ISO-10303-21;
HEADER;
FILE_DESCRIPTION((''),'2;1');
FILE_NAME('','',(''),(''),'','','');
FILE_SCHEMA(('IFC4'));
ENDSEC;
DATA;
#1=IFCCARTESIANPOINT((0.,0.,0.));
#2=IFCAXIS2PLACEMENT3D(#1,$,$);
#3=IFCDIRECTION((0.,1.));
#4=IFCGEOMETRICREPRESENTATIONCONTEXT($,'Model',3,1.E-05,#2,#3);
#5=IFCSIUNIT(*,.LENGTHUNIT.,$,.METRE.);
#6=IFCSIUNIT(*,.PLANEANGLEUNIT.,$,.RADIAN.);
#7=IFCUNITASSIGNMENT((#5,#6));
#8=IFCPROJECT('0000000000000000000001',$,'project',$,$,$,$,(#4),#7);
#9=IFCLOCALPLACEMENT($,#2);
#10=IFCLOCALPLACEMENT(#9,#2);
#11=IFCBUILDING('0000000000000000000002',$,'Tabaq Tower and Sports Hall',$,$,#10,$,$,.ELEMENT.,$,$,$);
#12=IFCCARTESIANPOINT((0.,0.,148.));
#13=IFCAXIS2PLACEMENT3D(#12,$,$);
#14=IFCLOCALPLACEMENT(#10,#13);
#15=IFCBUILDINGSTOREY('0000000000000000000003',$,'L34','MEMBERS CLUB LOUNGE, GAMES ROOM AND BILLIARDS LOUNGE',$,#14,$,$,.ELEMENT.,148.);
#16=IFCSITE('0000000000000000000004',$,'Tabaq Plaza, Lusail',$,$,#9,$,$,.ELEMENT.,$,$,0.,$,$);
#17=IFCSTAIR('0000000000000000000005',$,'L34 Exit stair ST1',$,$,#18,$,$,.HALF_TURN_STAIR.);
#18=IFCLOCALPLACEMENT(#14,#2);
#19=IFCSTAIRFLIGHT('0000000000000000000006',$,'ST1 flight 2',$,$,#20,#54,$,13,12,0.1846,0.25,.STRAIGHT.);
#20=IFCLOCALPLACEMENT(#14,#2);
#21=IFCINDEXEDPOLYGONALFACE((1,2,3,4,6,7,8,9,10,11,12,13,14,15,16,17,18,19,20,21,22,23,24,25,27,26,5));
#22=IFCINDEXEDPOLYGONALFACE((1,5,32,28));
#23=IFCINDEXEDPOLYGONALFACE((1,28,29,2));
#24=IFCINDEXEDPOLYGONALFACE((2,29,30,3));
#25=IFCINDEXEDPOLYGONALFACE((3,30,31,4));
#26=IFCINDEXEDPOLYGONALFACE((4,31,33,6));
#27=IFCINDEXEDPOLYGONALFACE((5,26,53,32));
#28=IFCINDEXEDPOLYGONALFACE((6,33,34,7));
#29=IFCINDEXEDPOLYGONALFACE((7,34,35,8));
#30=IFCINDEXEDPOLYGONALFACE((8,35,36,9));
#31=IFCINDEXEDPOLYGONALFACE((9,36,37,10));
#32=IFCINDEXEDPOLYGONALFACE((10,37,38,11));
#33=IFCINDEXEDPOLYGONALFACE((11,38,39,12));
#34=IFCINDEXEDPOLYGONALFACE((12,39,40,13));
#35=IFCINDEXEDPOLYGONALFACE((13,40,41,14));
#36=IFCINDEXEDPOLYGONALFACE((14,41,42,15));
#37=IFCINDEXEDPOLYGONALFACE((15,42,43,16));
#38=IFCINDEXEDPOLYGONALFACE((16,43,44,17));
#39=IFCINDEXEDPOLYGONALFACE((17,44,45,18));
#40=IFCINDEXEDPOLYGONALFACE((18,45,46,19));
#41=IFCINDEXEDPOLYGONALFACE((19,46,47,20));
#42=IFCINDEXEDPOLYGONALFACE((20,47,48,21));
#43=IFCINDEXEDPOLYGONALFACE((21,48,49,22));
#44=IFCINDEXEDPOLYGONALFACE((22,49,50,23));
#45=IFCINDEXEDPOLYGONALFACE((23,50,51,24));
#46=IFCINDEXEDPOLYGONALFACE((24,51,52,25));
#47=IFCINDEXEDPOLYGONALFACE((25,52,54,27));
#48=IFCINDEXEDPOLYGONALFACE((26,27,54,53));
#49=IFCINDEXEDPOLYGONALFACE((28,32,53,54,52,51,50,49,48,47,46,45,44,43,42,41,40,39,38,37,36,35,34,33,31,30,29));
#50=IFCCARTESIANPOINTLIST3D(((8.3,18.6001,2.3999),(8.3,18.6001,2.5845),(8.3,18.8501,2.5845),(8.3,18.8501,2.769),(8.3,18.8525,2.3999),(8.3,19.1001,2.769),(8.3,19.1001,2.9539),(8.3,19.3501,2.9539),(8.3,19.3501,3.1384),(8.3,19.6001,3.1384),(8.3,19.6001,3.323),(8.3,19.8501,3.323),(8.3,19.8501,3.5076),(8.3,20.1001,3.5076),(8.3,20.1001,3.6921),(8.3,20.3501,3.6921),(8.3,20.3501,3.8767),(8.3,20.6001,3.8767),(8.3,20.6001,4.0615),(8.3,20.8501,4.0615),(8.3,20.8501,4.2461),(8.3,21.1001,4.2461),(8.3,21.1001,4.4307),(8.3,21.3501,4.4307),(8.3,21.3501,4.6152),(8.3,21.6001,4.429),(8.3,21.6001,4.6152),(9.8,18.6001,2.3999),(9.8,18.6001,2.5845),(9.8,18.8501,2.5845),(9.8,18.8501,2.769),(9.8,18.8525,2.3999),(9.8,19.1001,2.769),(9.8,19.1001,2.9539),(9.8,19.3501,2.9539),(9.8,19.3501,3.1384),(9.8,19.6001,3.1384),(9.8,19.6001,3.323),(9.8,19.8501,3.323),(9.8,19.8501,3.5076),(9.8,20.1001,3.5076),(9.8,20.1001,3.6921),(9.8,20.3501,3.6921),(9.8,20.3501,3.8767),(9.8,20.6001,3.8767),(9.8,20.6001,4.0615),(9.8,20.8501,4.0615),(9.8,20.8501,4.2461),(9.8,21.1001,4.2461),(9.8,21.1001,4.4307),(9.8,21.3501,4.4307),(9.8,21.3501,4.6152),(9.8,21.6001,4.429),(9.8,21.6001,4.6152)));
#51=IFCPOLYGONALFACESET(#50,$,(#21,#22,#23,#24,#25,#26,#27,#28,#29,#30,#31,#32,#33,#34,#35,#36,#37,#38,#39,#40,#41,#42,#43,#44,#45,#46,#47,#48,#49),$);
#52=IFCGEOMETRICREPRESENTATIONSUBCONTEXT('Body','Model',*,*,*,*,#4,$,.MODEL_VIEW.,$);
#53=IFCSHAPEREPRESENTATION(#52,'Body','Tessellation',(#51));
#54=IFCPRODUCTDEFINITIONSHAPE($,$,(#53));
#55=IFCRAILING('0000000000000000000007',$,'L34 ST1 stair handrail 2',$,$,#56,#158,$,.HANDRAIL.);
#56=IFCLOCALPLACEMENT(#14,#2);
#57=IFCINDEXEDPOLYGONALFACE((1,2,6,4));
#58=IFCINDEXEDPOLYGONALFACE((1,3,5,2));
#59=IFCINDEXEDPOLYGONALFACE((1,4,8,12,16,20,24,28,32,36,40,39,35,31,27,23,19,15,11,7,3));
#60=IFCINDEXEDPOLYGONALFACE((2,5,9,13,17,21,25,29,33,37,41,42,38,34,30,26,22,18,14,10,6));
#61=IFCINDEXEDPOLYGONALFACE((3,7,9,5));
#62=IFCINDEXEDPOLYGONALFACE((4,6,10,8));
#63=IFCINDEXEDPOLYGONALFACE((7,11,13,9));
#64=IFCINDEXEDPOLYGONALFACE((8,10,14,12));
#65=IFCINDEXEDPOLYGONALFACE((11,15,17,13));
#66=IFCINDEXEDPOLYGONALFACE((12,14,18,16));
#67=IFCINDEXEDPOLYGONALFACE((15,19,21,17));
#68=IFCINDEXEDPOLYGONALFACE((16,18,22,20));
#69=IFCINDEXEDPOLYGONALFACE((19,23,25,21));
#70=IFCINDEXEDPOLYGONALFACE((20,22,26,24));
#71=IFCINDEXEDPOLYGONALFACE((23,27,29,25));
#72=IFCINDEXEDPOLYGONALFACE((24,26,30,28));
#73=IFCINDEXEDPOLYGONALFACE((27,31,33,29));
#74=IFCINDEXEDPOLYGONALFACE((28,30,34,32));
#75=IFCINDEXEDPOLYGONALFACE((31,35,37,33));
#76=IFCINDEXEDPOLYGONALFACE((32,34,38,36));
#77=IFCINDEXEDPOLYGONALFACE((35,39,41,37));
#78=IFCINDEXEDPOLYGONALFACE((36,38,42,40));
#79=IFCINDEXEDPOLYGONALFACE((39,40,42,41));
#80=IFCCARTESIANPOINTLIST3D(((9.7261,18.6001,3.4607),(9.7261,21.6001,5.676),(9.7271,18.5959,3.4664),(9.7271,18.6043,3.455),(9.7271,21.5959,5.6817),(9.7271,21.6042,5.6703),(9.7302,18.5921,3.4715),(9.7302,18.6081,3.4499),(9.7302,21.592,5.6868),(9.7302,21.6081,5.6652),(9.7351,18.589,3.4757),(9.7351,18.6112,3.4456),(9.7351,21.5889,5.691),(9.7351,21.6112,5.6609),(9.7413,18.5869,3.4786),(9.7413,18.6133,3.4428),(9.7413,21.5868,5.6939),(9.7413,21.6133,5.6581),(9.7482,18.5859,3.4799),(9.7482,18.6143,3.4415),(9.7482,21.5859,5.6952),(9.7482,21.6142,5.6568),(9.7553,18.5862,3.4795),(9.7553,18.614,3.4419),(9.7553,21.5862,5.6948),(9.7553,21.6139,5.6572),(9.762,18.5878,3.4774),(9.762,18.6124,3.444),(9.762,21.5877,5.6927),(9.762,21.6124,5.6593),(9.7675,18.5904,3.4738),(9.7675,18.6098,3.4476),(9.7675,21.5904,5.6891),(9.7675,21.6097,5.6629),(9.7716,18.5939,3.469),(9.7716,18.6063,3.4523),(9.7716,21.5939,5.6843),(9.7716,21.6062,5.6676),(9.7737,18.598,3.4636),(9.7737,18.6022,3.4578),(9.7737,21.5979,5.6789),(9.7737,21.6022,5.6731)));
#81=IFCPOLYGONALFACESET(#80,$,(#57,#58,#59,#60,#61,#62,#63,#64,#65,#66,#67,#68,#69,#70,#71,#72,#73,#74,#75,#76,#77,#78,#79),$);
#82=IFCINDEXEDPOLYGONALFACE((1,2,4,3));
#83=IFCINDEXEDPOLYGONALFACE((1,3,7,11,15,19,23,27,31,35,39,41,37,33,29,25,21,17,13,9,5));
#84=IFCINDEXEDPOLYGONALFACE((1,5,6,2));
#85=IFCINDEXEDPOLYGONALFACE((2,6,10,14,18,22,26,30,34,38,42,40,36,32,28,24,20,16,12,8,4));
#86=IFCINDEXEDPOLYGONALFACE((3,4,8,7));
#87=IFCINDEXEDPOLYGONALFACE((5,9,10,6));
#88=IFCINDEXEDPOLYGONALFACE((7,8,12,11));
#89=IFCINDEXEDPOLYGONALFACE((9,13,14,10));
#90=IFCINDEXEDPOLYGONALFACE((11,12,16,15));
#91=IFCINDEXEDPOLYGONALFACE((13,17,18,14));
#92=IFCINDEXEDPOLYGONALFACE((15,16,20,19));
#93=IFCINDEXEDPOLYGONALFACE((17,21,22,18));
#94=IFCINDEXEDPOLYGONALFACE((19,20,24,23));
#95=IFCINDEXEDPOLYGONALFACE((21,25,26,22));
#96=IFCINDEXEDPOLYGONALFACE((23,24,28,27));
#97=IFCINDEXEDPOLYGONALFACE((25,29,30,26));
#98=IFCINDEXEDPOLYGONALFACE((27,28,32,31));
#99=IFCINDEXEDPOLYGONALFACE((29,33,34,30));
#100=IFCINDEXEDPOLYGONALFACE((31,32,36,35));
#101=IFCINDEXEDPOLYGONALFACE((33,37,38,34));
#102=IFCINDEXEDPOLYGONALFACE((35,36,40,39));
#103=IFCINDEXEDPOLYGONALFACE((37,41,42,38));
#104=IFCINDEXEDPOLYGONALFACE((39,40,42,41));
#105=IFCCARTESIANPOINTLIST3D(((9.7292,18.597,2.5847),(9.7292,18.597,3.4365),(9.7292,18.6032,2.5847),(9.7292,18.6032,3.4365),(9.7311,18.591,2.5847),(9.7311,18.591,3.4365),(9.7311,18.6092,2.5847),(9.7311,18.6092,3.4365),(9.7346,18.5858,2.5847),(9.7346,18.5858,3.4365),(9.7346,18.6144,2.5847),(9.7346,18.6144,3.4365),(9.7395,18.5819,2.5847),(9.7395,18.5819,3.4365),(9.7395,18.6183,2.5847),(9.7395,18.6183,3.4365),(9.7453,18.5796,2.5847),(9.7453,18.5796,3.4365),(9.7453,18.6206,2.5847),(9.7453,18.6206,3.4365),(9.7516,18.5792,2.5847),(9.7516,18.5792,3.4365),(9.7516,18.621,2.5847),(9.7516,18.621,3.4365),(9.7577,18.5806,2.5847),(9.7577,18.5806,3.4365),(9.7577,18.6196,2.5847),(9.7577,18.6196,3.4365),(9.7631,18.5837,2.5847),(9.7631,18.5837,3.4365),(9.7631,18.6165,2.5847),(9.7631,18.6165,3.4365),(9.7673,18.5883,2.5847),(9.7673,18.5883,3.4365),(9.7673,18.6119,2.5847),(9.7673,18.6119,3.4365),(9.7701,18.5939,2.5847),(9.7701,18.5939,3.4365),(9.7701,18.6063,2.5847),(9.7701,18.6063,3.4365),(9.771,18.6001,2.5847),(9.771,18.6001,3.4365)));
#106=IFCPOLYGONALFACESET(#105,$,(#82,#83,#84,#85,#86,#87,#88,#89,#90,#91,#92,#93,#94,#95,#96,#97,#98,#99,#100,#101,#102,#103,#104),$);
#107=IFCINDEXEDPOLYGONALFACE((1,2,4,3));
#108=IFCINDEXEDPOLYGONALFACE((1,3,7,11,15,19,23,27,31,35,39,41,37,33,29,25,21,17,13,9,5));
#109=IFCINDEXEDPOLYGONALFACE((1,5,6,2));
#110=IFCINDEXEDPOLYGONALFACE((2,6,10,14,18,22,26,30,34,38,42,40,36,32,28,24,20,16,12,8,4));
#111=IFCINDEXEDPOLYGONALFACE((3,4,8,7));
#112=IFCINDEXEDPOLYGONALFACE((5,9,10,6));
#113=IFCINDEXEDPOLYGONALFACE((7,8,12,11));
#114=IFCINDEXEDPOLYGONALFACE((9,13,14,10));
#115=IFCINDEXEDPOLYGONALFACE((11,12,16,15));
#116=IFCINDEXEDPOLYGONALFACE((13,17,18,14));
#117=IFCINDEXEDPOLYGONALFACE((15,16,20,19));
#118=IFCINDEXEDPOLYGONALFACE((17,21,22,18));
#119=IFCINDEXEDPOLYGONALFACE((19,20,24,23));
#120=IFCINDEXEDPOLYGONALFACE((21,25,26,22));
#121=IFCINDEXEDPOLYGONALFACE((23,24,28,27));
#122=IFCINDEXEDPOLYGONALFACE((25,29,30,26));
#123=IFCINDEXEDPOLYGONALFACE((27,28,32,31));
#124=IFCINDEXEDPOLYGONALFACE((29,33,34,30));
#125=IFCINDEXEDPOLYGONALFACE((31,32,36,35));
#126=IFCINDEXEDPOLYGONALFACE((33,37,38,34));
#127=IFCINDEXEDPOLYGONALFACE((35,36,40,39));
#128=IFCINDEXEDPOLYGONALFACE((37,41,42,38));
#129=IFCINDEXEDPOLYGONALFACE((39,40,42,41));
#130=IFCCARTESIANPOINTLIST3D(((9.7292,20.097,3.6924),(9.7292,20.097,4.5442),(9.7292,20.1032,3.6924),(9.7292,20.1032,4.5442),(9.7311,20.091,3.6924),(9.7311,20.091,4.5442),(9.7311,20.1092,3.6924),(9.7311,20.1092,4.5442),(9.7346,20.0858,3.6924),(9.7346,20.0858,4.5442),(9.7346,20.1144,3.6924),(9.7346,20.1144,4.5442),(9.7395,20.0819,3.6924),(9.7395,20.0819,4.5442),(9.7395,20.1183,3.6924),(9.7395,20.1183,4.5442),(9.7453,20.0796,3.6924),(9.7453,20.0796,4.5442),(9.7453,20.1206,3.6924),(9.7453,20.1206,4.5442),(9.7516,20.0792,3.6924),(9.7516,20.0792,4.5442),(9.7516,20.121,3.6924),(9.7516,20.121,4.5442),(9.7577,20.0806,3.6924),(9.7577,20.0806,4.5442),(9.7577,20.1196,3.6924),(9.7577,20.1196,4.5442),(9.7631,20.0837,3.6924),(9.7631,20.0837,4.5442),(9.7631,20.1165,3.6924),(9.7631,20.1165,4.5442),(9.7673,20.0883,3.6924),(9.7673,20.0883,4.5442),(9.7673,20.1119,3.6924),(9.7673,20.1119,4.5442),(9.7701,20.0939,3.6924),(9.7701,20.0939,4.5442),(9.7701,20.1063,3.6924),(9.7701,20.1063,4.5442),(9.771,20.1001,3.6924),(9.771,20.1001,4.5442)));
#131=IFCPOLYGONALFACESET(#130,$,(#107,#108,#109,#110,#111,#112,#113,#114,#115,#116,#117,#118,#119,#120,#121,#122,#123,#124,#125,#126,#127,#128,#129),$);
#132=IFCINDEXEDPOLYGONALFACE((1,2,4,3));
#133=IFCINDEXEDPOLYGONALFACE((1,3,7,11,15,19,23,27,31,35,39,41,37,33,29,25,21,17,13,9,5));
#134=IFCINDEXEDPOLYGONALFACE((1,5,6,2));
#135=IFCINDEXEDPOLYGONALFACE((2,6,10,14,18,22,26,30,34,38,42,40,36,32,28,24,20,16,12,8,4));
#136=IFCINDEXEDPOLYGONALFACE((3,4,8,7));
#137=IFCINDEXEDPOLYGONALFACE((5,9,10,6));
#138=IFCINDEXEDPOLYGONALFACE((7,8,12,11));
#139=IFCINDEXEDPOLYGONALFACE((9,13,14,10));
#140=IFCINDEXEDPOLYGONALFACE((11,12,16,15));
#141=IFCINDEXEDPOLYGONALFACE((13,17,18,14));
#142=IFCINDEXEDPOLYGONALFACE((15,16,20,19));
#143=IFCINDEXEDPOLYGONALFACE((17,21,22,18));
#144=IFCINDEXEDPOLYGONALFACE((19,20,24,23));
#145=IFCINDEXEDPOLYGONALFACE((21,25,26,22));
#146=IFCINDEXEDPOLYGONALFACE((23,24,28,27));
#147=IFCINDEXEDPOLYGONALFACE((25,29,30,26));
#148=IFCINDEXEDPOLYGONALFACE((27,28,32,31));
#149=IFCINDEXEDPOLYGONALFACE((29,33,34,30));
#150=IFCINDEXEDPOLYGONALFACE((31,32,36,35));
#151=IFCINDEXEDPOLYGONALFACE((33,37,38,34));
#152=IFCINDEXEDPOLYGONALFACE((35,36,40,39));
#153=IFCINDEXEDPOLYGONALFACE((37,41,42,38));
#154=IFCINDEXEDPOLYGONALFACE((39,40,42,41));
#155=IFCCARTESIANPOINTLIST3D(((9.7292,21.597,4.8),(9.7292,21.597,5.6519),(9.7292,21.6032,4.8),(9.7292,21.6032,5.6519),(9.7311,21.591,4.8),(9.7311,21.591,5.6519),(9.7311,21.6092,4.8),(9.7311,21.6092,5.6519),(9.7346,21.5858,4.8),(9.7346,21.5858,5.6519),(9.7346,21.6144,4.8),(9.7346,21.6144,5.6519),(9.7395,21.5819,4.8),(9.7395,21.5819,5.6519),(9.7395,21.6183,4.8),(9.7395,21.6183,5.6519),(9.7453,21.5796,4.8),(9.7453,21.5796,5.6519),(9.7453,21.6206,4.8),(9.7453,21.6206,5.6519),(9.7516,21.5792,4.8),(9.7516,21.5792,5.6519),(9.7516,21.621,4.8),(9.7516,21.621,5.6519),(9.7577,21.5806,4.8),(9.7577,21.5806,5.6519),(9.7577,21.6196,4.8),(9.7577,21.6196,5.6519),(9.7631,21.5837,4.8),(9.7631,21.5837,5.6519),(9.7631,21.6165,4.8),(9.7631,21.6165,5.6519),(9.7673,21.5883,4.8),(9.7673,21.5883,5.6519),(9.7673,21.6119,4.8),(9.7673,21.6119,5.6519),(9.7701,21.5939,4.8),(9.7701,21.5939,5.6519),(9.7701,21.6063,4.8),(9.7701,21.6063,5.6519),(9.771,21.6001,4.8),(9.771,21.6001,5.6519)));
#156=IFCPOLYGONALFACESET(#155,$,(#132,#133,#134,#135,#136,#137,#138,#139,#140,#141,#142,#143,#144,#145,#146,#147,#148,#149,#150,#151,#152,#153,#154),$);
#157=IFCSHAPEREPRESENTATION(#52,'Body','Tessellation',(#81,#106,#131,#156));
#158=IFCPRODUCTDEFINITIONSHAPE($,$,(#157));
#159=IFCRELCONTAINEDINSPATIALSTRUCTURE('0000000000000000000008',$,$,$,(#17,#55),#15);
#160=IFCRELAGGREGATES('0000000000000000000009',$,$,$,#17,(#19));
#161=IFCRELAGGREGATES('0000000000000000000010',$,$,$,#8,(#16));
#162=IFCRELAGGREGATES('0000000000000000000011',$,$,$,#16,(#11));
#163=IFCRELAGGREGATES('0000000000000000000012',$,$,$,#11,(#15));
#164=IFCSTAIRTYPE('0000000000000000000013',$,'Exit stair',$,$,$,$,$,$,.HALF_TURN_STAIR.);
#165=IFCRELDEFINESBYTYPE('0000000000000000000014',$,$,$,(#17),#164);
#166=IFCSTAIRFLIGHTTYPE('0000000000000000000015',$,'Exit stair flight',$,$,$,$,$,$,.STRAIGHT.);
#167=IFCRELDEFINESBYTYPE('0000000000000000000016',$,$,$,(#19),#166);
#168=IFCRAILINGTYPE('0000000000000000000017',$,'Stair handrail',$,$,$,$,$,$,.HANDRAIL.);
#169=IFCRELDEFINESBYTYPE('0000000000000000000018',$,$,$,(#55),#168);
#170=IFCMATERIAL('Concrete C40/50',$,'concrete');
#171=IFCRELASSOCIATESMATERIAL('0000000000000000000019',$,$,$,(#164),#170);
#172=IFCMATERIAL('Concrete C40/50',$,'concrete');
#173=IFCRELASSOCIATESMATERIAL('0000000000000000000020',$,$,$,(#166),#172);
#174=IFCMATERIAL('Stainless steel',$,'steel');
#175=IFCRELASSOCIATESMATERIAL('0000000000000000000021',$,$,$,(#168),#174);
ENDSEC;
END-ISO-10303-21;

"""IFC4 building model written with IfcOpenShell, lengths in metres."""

from ifc_helpers import new_model, si_unit, direction, frame, origin, origin_2d, place, context, subcontext, project, spatial, polyline, circle, outline, extrude, material, type_object, element, aggregate, save


model = new_model("IFC4")

# Units and contexts
model_context = context("Model", 3, precision=1e-05, world=origin(), true_north=direction((0.0, 1.0)))
body_context = subcontext(model_context, "Body", "Model", "MODEL_VIEW")
ifc_project = project(units=[si_unit("LENGTHUNIT", "METRE"), si_unit("PLANEANGLEUNIT", "RADIAN")], contexts=[model_context])

# Site, building, storey
site_placement = place(None, origin())
site = spatial("IfcSite", under=ifc_project, at=site_placement, Name="Tabaq Plaza, Lusail", CompositionType="ELEMENT", RefElevation=0.0)
building_placement = place(site_placement, origin())
building = spatial("IfcBuilding", under=site, at=building_placement, Name="Tabaq Tower and Sports Hall", CompositionType="ELEMENT")
storey_placement = place(building_placement, frame((0.0, 0.0, 148.0)))
storey = spatial("IfcBuildingStorey", under=building, at=storey_placement, Name="L34", Description="MEMBERS CLUB LOUNGE, GAMES ROOM AND BILLIARDS LOUNGE", CompositionType="ELEMENT", Elevation=148.0)

# Stair, stair flight
ifc_material_1 = material(Name="Concrete C40/50", Category="concrete")
stair_type = type_object("IfcStairType", Name="Exit stair", PredefinedType="HALF_TURN_STAIR", material=ifc_material_1)
stair_placement = place(storey_placement, origin())
stair = element("IfcStair", 1, at=stair_placement, inside=storey, type_object=stair_type, Name="L34 Exit stair ST1", PredefinedType="HALF_TURN_STAIR")
ifc_material_2 = material(Name="Concrete C40/50", Category="concrete")
stair_flight_type = type_object("IfcStairFlightType", Name="Exit stair flight", PredefinedType="STRAIGHT", material=ifc_material_2)
stair_flight_placement = place(storey_placement, frame((9.05, 18.6001, 2.3999), z_axis=(0.0, 0.0, 1.0), x_axis=(0.0, 1.0, 0.0)))
stair_flight = element("IfcStairFlight", 2, at=stair_flight_placement, type_object=stair_flight_type, Name="ST1 flight 2", NumberOfRisers=13, NumberOfTreads=12, PredefinedType="STRAIGHT", RiserHeight=0.1846, TreadLength=0.25, context=body_context, shape_type="SweptSolid", body=[
    extrude(outline(polyline([(0.0, 0.0), (0.0, 0.1846), (0.25, 0.1846), (0.25, 0.3691), (0.5, 0.3691), (0.5, 0.554), (0.75, 0.554), (0.75, 0.7385), (1.0, 0.7385), (1.0, 0.9231), (1.25, 0.9231), (1.25, 1.1077), (1.5, 1.1077), (1.5, 1.2922), (1.75, 1.2922), (1.75, 1.4768), (2.0, 1.4768), (2.0, 1.6616), (2.25, 1.6616), (2.25, 1.8462), (2.5, 1.8462), (2.5, 2.0308), (2.75, 2.0308), (2.75, 2.2153), (3.0, 2.2153), (3.0, 2.3999), (3.0, 2.0291), (0.2524, 0.0), (0.0, 0.0)])), frame((0.0, 0.75, 0.0), z_axis=(0.0, -1.0, 0.0), x_axis=(1.0, 0.0, 0.0)), (0.0, 0.0, 1.0), 1.5),
])
aggregate(stair, [stair_flight])

# Railing
ifc_material_3 = material(Name="Stainless steel", Category="steel")
railing_type = type_object("IfcRailingType", Name="Stair handrail", PredefinedType="HANDRAIL", material=ifc_material_3)
railing_placement = place(storey_placement, frame((9.75, 18.6001, 2.5847)))
element("IfcRailing", 3, at=railing_placement, inside=storey, type_object=railing_type, Name="L34 ST1 stair handrail 2", PredefinedType="HANDRAIL", context=body_context, shape_type="SweptSolid", body=[
    extrude(circle(Radius=0.0239, at=origin_2d()), frame((0.0, 0.0, 0.876), z_axis=(0.0, 0.80444, 0.594034), x_axis=(-1.0, 0.0, 0.0)), (0.0, 0.0, 1.0), 3.7292),
    extrude(circle(Radius=0.021, at=origin_2d()), origin(), (0.0, 0.0, 1.0), 0.8518),
    extrude(circle(Radius=0.021, at=origin_2d()), frame((0.0, 1.5, 1.1077)), (0.0, 0.0, 1.0), 0.8518),
    extrude(circle(Radius=0.021, at=origin_2d()), frame((0.0, 3.0, 2.2153)), (0.0, 0.0, 1.0), 0.8518),
])

save(model, "model.ifc")
